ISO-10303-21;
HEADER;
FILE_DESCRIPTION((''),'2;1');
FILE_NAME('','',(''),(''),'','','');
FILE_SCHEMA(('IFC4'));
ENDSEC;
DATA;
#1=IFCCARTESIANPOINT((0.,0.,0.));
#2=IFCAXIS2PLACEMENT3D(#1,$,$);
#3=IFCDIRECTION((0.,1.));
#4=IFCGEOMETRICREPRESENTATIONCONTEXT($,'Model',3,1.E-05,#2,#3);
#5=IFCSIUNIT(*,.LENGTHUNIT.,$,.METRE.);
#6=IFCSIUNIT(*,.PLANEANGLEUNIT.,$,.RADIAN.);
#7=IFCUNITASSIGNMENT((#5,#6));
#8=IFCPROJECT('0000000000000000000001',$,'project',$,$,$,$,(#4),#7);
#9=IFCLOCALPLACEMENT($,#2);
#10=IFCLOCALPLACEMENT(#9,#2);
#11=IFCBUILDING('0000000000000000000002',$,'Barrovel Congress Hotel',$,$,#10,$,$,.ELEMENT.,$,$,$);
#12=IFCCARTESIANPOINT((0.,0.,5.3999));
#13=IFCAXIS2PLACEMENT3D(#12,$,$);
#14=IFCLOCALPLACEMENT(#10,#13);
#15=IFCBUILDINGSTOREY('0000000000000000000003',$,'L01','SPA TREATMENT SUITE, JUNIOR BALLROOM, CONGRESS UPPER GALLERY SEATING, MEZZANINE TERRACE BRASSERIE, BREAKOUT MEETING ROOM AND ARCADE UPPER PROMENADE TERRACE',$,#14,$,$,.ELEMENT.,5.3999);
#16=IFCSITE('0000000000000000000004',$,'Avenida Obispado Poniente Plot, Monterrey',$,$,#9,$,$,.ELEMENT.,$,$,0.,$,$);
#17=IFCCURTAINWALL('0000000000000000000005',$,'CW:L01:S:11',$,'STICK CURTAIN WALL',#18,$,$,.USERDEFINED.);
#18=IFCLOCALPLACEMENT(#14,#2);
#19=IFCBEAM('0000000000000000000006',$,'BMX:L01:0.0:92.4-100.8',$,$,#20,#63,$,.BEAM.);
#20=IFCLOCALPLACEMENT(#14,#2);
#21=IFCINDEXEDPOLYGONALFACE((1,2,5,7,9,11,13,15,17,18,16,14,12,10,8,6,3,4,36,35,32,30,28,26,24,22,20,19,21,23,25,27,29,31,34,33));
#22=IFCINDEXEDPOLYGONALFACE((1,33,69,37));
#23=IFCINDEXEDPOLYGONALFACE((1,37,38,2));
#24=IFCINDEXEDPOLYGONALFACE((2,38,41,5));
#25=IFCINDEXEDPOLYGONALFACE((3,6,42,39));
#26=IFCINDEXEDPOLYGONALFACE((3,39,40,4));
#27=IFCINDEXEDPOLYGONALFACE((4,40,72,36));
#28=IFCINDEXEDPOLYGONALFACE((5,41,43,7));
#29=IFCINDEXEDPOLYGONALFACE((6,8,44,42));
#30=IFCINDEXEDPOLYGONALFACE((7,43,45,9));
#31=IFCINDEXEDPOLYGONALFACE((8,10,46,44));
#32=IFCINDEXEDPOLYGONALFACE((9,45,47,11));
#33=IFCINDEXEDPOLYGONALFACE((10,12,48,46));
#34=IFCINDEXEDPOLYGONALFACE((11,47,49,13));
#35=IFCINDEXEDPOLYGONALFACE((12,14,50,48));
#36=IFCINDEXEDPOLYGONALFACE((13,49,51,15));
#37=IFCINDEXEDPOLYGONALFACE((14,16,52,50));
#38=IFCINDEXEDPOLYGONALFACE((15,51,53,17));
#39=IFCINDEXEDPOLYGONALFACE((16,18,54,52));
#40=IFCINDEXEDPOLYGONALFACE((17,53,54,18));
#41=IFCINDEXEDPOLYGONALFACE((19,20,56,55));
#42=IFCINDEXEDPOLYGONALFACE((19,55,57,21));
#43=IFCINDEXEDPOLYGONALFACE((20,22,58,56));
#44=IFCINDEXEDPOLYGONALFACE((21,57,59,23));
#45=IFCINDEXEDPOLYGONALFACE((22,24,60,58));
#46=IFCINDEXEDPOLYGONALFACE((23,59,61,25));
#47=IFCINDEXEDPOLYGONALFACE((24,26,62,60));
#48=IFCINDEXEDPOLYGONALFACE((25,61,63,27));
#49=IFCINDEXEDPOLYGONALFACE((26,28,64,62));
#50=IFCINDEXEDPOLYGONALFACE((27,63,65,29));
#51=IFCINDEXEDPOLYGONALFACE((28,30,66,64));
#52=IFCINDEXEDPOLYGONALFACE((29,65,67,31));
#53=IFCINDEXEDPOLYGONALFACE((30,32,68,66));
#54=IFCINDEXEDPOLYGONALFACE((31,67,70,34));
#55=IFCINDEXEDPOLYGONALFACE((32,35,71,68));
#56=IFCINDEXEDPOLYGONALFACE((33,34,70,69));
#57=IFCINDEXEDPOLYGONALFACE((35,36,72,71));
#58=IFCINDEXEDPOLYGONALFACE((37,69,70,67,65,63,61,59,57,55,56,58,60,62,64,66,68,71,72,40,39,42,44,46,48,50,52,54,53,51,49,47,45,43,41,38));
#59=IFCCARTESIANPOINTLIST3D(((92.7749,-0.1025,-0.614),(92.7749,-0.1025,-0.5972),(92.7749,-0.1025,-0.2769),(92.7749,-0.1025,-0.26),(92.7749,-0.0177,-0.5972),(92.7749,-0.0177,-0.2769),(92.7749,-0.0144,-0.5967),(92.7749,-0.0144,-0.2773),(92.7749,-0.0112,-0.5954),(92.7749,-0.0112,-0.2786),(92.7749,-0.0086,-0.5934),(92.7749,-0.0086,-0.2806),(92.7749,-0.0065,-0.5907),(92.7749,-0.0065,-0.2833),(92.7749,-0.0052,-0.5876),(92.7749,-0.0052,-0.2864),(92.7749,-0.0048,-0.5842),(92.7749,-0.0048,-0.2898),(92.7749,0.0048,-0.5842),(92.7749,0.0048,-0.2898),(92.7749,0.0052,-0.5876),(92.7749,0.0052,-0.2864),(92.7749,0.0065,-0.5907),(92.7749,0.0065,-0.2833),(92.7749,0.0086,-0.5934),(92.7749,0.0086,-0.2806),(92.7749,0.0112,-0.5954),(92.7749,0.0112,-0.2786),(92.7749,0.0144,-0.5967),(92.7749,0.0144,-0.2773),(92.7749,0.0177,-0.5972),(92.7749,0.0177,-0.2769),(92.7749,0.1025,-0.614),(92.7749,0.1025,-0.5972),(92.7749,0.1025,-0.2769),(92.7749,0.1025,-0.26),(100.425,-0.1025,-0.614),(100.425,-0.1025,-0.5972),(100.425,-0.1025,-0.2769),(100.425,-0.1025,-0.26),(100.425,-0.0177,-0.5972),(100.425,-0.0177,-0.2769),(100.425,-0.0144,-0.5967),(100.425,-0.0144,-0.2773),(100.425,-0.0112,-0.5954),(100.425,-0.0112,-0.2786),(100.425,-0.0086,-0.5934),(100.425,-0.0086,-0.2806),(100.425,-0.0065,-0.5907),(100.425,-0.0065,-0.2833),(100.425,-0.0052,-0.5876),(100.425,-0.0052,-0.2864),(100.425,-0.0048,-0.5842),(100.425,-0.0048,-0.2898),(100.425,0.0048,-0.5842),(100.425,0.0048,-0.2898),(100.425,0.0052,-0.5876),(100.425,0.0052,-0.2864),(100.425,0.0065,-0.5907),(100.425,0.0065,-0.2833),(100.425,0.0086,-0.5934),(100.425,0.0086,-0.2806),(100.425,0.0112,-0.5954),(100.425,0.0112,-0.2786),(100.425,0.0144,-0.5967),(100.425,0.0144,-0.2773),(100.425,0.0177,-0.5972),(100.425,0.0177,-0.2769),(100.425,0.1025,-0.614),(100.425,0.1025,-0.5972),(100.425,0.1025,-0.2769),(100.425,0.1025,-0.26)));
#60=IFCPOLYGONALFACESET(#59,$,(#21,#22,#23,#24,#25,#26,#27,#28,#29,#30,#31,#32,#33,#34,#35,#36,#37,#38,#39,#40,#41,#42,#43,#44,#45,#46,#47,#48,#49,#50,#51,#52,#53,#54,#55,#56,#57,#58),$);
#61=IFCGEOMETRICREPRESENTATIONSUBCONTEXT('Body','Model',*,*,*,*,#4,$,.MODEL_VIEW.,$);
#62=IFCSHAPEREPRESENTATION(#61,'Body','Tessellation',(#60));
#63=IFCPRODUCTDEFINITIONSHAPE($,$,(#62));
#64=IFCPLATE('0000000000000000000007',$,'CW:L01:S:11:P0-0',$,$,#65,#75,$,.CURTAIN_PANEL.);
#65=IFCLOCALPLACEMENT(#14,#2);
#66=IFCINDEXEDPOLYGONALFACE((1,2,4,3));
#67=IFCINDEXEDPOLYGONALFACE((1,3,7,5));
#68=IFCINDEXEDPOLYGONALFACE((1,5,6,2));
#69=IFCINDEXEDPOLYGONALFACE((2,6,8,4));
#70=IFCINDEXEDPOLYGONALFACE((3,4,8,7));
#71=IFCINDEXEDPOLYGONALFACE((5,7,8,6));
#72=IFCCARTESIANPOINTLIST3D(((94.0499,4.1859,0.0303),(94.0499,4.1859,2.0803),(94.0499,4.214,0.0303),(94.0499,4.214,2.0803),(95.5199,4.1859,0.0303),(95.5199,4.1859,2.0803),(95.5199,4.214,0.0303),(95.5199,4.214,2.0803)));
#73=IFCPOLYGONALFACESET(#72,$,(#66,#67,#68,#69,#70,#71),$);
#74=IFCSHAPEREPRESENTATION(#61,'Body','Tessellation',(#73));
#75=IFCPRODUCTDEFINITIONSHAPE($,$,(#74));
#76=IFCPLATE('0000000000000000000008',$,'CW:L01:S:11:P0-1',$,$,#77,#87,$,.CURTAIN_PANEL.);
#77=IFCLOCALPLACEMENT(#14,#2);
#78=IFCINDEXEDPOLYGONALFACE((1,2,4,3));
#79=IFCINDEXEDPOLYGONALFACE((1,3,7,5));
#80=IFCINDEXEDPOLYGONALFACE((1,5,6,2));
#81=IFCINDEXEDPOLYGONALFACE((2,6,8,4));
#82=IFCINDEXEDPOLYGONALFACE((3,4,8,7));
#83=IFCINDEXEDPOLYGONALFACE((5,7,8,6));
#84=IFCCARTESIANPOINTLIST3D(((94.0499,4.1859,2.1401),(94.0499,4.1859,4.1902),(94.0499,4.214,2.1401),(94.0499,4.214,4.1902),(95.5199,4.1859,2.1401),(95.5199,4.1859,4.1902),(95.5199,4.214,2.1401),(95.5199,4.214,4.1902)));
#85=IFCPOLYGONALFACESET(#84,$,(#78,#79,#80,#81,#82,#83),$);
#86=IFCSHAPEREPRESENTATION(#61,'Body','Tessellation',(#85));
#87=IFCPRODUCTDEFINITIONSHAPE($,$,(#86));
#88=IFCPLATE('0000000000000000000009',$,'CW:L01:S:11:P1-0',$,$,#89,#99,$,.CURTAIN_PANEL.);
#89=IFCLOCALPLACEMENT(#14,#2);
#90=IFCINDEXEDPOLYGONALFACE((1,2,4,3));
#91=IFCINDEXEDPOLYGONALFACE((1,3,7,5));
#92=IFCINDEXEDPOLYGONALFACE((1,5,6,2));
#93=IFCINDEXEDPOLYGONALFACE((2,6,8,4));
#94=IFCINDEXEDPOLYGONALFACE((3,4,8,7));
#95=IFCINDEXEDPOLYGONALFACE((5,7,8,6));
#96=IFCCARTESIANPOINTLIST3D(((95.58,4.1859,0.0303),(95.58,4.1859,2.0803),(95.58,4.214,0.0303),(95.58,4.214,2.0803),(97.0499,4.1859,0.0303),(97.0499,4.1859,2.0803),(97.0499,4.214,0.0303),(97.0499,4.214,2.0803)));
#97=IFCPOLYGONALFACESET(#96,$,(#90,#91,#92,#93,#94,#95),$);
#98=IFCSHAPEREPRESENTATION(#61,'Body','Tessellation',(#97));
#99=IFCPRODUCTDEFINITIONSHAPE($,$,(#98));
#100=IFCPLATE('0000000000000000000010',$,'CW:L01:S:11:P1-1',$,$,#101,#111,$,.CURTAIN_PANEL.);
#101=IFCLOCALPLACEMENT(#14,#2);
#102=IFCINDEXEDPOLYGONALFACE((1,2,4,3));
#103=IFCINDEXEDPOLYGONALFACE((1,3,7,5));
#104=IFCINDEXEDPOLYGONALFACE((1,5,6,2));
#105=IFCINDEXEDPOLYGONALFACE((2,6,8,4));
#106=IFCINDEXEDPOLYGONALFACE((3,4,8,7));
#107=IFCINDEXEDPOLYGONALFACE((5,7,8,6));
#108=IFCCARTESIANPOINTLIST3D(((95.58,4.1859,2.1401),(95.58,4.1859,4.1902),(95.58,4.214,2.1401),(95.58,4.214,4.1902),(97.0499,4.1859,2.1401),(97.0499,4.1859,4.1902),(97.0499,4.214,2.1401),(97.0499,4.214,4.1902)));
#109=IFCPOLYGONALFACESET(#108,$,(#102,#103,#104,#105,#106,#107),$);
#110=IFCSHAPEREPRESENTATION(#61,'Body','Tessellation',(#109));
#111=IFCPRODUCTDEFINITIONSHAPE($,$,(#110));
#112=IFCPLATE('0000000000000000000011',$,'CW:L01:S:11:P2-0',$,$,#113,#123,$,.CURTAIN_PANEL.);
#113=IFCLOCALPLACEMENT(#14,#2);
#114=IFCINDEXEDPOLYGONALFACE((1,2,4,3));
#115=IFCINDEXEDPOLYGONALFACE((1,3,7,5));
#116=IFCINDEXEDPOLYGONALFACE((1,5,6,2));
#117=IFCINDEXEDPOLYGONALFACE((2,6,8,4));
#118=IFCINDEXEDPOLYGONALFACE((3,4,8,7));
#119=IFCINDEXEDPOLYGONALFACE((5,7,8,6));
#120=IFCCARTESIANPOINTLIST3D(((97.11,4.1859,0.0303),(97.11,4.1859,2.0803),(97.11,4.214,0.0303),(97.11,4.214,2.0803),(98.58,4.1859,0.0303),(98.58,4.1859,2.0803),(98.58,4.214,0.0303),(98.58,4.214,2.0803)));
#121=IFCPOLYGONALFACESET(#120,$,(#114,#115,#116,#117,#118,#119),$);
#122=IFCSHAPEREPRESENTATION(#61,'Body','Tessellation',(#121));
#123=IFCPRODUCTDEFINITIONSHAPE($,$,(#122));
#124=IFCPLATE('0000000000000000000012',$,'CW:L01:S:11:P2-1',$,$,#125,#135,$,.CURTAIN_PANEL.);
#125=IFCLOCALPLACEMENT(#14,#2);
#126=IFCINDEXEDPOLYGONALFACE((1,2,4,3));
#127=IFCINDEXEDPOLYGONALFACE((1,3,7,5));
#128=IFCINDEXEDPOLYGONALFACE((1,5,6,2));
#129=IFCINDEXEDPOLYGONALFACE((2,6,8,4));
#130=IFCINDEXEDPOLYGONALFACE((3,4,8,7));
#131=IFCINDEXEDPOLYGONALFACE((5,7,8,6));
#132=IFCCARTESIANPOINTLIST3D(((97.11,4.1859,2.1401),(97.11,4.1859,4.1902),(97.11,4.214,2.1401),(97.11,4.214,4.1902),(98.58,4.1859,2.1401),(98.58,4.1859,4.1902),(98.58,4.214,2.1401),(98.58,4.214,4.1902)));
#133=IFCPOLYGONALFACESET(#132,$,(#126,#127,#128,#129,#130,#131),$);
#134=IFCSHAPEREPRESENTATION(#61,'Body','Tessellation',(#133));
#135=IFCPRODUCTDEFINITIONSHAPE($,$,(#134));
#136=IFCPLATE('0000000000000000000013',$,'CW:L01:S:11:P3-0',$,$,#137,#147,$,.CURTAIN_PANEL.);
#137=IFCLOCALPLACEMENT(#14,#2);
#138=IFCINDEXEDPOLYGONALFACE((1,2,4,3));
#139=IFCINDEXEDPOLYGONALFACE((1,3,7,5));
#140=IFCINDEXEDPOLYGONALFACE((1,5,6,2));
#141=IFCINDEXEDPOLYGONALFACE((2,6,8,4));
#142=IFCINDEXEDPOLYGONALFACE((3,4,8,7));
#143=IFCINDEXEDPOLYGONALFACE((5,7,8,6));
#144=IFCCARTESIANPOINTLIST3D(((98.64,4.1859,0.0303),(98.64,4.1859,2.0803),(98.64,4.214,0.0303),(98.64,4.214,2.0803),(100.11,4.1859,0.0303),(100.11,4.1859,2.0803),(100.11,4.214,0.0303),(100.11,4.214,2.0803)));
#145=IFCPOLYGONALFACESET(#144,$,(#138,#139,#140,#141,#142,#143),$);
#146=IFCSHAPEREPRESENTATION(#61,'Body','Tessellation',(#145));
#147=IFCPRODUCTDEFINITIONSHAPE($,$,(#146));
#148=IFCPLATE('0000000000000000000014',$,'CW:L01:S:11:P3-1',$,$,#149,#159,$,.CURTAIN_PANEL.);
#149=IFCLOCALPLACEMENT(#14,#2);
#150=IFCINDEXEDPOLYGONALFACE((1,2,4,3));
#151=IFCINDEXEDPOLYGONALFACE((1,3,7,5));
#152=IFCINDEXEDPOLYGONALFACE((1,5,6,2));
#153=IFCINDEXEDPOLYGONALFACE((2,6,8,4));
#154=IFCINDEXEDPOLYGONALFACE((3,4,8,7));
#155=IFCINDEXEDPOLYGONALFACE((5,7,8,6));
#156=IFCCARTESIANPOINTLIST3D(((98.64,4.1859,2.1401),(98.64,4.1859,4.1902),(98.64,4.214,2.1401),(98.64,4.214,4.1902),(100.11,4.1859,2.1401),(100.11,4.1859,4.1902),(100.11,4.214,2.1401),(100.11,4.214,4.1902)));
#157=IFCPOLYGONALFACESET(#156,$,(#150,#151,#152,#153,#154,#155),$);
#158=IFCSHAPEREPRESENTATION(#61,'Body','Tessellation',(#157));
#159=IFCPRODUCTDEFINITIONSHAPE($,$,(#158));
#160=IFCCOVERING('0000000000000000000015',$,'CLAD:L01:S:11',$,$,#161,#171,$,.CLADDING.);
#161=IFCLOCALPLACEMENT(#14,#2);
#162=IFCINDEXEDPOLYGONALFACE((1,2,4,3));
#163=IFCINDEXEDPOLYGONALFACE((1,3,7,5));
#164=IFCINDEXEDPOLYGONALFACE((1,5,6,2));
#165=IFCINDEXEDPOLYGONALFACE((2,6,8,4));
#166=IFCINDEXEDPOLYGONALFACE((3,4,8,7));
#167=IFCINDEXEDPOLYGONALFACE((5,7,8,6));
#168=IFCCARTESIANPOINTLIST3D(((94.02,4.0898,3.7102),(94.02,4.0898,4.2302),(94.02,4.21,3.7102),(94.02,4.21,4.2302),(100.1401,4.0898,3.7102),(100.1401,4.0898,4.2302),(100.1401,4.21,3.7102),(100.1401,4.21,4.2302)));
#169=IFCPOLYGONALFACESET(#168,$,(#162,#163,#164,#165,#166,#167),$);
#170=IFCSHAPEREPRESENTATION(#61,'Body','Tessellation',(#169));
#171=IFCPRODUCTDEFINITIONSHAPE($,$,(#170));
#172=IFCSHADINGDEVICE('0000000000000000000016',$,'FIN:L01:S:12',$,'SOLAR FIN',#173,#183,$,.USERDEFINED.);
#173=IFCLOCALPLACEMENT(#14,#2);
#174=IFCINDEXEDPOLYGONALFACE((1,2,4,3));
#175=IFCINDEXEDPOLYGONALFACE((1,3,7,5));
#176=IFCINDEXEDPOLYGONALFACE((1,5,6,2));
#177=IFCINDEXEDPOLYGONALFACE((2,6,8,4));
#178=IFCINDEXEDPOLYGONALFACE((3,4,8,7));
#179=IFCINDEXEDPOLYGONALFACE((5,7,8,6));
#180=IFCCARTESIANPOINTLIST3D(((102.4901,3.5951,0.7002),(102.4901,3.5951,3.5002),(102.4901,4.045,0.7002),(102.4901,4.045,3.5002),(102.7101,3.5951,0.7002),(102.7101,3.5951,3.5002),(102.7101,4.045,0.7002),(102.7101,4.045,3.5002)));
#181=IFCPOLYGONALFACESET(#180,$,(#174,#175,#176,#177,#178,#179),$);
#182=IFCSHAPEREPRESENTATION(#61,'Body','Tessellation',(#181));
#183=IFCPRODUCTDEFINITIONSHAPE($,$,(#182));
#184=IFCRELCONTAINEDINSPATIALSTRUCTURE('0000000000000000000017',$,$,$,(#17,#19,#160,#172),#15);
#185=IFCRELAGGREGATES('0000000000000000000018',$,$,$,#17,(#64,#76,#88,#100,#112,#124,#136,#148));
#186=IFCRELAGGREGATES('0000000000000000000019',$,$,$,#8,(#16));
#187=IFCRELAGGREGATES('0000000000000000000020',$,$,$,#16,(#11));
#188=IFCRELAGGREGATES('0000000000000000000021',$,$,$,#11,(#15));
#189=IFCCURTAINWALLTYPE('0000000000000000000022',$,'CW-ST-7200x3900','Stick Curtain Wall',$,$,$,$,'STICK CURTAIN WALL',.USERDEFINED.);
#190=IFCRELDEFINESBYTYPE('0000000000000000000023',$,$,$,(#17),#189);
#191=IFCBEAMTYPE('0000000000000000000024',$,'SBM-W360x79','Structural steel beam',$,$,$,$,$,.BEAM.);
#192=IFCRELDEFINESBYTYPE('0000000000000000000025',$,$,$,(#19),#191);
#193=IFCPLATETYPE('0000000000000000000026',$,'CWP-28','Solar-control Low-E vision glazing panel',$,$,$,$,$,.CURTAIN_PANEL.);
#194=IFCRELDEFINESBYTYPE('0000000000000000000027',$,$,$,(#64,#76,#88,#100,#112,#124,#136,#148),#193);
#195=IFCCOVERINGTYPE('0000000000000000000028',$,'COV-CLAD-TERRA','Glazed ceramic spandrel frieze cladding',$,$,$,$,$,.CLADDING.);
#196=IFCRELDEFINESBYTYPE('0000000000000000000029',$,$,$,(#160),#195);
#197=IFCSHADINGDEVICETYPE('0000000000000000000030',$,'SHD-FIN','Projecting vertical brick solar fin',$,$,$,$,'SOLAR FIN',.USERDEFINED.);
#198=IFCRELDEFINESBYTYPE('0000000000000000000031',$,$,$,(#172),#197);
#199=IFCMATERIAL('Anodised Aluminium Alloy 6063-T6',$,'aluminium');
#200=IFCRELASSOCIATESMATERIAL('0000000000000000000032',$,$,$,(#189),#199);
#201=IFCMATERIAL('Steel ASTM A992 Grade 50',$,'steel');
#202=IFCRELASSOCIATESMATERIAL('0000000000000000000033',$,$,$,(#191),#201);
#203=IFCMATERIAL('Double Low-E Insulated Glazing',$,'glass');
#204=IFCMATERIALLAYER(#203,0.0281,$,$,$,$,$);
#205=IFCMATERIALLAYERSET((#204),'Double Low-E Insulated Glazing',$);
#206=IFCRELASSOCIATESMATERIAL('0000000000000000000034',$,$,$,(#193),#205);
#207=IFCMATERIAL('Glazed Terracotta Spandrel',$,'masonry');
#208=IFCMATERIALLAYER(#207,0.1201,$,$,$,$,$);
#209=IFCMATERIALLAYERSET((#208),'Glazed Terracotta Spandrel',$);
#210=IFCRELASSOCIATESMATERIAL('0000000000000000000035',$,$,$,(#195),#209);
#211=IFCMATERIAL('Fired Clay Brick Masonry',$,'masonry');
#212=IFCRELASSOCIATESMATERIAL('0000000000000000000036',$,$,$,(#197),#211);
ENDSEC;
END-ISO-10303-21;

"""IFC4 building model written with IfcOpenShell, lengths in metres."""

from ifc_helpers import new_model, si_unit, direction, frame, origin, origin_2d, place, context, subcontext, project, spatial, rectangle, i_section, extrude, material, layer, layer_set, material_profile, profile_set, type_object, element, aggregate, save


model = new_model("IFC4")

# Units and contexts
model_context = context("Model", 3, precision=1e-05, world=origin(), true_north=direction((0.0, 1.0)))
body_context = subcontext(model_context, "Body", "Model", "MODEL_VIEW")
ifc_project = project(units=[si_unit("LENGTHUNIT", "METRE"), si_unit("PLANEANGLEUNIT", "RADIAN")], contexts=[model_context])

# Site, building, storey
site_placement = place(None, origin())
site = spatial("IfcSite", under=ifc_project, at=site_placement, Name="Avenida Obispado Poniente Plot, Monterrey", CompositionType="ELEMENT", RefElevation=0.0)
building_placement = place(site_placement, origin())
building = spatial("IfcBuilding", under=site, at=building_placement, Name="Barrovel Congress Hotel", CompositionType="ELEMENT")
storey_placement = place(building_placement, frame((0.0, 0.0, 5.3999)))
storey = spatial("IfcBuildingStorey", under=building, at=storey_placement, Name="L01", Description="SPA TREATMENT SUITE, JUNIOR BALLROOM, CONGRESS UPPER GALLERY SEATING, MEZZANINE TERRACE BRASSERIE, BREAKOUT MEETING ROOM AND ARCADE UPPER PROMENADE TERRACE", CompositionType="ELEMENT", Elevation=5.3999)

# Curtain wall
ifc_material_1 = material(Name="Anodised Aluminium Alloy 6063-T6", Category="aluminium")
curtain_wall_type = type_object("IfcCurtainWallType", Name="CW-ST-7200x3900", Description="Stick Curtain Wall", ElementType="STICK CURTAIN WALL", PredefinedType="USERDEFINED", material=ifc_material_1)
curtain_wall_placement = place(storey_placement, origin())
curtain_wall = element("IfcCurtainWall", 1, at=curtain_wall_placement, inside=storey, type_object=curtain_wall_type, Name="CW:L01:S:11", ObjectType="STICK CURTAIN WALL", PredefinedType="USERDEFINED")

# Beam
ifc_material_2 = material(Name="Steel ASTM A992 Grade 50", Category="steel")
ifc_material_profile_1 = material_profile(ifc_material_2, i_section(OverallWidth=0.2051, OverallDepth=0.354, WebThickness=0.0095, FlangeThickness=0.0168, FilletRadius=0.0129, at=origin_2d()), Name="W360x79")
ifc_profile_set_1 = profile_set([ifc_material_profile_1], Name="Steel ASTM A992 Grade 50")
beam_type_1 = type_object("IfcBeamType", Name="SBM-W360x79", Description="Structural steel beam", PredefinedType="BEAM", material=ifc_profile_set_1)
beam_1_placement = place(storey_placement, frame((92.7749, 0.0, -0.437), z_axis=(1.0, 0.0, 0.0), x_axis=(0.0, 1.0, 0.0)))
element("IfcBeam", 2, at=beam_1_placement, inside=storey, type_object=beam_type_1, Name="BMX:L01:0.0:92.4-100.8", PredefinedType="BEAM", context=body_context, shape_type="SweptSolid", body=[
    extrude(i_section(OverallWidth=0.2051, OverallDepth=0.354, WebThickness=0.0095, FlangeThickness=0.0168, FilletRadius=0.0129, at=origin_2d()), origin(), (0.0, 0.0, 1.0), 7.6501),
])

# Plates
ifc_material_3 = material(Name="Double Low-E Insulated Glazing", Category="glass")
ifc_layer_1 = layer(ifc_material_3, 0.0281)
ifc_layer_set_1 = layer_set([ifc_layer_1], Name="Double Low-E Insulated Glazing")
plate_type = type_object("IfcPlateType", Name="CWP-28", Description="Solar-control Low-E vision glazing panel", PredefinedType="CURTAIN_PANEL", material=ifc_layer_set_1)
plate_1_placement = place(storey_placement, frame((94.7849, 4.2, 0.0303), z_axis=(0.0, 0.0, 1.0), x_axis=(1.0, 0.0, 0.0)))
plate_1 = element("IfcPlate", 3, at=plate_1_placement, type_object=plate_type, Name="CW:L01:S:11:P0-0", PredefinedType="CURTAIN_PANEL", context=body_context, shape_type="SweptSolid", body=[
    extrude(rectangle(XDim=1.47, YDim=0.0281, at=origin_2d()), origin(), (0.0, 0.0, 1.0), 2.05),
])
plate_2_placement = place(storey_placement, frame((94.7849, 4.2, 2.1401), z_axis=(0.0, 0.0, 1.0), x_axis=(1.0, 0.0, 0.0)))
plate_2 = element("IfcPlate", 4, at=plate_2_placement, type_object=plate_type, Name="CW:L01:S:11:P0-1", PredefinedType="CURTAIN_PANEL", context=body_context, shape_type="SweptSolid", body=[
    extrude(rectangle(XDim=1.47, YDim=0.0281, at=origin_2d()), origin(), (0.0, 0.0, 1.0), 2.05),
])
plate_3_placement = place(storey_placement, frame((96.3149, 4.2, 0.0303), z_axis=(0.0, 0.0, 1.0), x_axis=(1.0, 0.0, 0.0)))
plate_3 = element("IfcPlate", 5, at=plate_3_placement, type_object=plate_type, Name="CW:L01:S:11:P1-0", PredefinedType="CURTAIN_PANEL", context=body_context, shape_type="SweptSolid", body=[
    extrude(rectangle(XDim=1.47, YDim=0.0281, at=origin_2d()), origin(), (0.0, 0.0, 1.0), 2.05),
])
plate_4_placement = place(storey_placement, frame((96.3149, 4.2, 2.1401), z_axis=(0.0, 0.0, 1.0), x_axis=(1.0, 0.0, 0.0)))
plate_4 = element("IfcPlate", 6, at=plate_4_placement, type_object=plate_type, Name="CW:L01:S:11:P1-1", PredefinedType="CURTAIN_PANEL", context=body_context, shape_type="SweptSolid", body=[
    extrude(rectangle(XDim=1.47, YDim=0.0281, at=origin_2d()), origin(), (0.0, 0.0, 1.0), 2.05),
])
plate_5_placement = place(storey_placement, frame((97.845, 4.2, 0.0303), z_axis=(0.0, 0.0, 1.0), x_axis=(1.0, 0.0, 0.0)))
plate_5 = element("IfcPlate", 7, at=plate_5_placement, type_object=plate_type, Name="CW:L01:S:11:P2-0", PredefinedType="CURTAIN_PANEL", context=body_context, shape_type="SweptSolid", body=[
    extrude(rectangle(XDim=1.47, YDim=0.0281, at=origin_2d()), origin(), (0.0, 0.0, 1.0), 2.05),
])
plate_6_placement = place(storey_placement, frame((97.845, 4.2, 2.1401), z_axis=(0.0, 0.0, 1.0), x_axis=(1.0, 0.0, 0.0)))
plate_6 = element("IfcPlate", 8, at=plate_6_placement, type_object=plate_type, Name="CW:L01:S:11:P2-1", PredefinedType="CURTAIN_PANEL", context=body_context, shape_type="SweptSolid", body=[
    extrude(rectangle(XDim=1.47, YDim=0.0281, at=origin_2d()), origin(), (0.0, 0.0, 1.0), 2.05),
])
plate_7_placement = place(storey_placement, frame((99.375, 4.2, 0.0303), z_axis=(0.0, 0.0, 1.0), x_axis=(1.0, 0.0, 0.0)))
plate_7 = element("IfcPlate", 9, at=plate_7_placement, type_object=plate_type, Name="CW:L01:S:11:P3-0", PredefinedType="CURTAIN_PANEL", context=body_context, shape_type="SweptSolid", body=[
    extrude(rectangle(XDim=1.47, YDim=0.0281, at=origin_2d()), origin(), (0.0, 0.0, 1.0), 2.05),
])
plate_8_placement = place(storey_placement, frame((99.375, 4.2, 2.1401), z_axis=(0.0, 0.0, 1.0), x_axis=(1.0, 0.0, 0.0)))
plate_8 = element("IfcPlate", 10, at=plate_8_placement, type_object=plate_type, Name="CW:L01:S:11:P3-1", PredefinedType="CURTAIN_PANEL", context=body_context, shape_type="SweptSolid", body=[
    extrude(rectangle(XDim=1.47, YDim=0.0281, at=origin_2d()), origin(), (0.0, 0.0, 1.0), 2.05),
])
aggregate(curtain_wall, [plate_1, plate_2, plate_3, plate_4, plate_5, plate_6, plate_7, plate_8])

# Covering
ifc_material_4 = material(Name="Glazed Terracotta Spandrel", Category="masonry")
ifc_layer_2 = layer(ifc_material_4, 0.1201)
ifc_layer_set_2 = layer_set([ifc_layer_2], Name="Glazed Terracotta Spandrel")
covering_type = type_object("IfcCoveringType", Name="COV-CLAD-TERRA", Description="Glazed ceramic spandrel frieze cladding", PredefinedType="CLADDING", material=ifc_layer_set_2)
covering_placement = place(storey_placement, frame((97.0801, 4.1499, 3.7102), z_axis=(0.0, 0.0, 1.0), x_axis=(1.0, 0.0, 0.0)))
element("IfcCovering", 11, at=covering_placement, inside=storey, type_object=covering_type, Name="CLAD:L01:S:11", PredefinedType="CLADDING", context=body_context, shape_type="SweptSolid", body=[
    extrude(rectangle(XDim=6.1201, YDim=0.1201, at=origin_2d()), origin(), (0.0, 0.0, 1.0), 0.52),
])

# Shading device
ifc_material_5 = material(Name="Fired Clay Brick Masonry", Category="masonry")
shading_device_type = type_object("IfcShadingDeviceType", Name="SHD-FIN", Description="Projecting vertical brick solar fin", ElementType="SOLAR FIN", PredefinedType="USERDEFINED", material=ifc_material_5)
shading_device_placement = place(storey_placement, frame((102.6001, 3.8201, 0.7002), z_axis=(0.0, 0.0, 1.0), x_axis=(1.0, 0.0, 0.0)))
element("IfcShadingDevice", 12, at=shading_device_placement, inside=storey, type_object=shading_device_type, Name="FIN:L01:S:12", ObjectType="SOLAR FIN", PredefinedType="USERDEFINED", context=body_context, shape_type="SweptSolid", body=[
    extrude(rectangle(XDim=0.22, YDim=0.45, at=origin_2d()), origin(), (0.0, 0.0, 1.0), 2.8),
])

save(model, "model.ifc")
